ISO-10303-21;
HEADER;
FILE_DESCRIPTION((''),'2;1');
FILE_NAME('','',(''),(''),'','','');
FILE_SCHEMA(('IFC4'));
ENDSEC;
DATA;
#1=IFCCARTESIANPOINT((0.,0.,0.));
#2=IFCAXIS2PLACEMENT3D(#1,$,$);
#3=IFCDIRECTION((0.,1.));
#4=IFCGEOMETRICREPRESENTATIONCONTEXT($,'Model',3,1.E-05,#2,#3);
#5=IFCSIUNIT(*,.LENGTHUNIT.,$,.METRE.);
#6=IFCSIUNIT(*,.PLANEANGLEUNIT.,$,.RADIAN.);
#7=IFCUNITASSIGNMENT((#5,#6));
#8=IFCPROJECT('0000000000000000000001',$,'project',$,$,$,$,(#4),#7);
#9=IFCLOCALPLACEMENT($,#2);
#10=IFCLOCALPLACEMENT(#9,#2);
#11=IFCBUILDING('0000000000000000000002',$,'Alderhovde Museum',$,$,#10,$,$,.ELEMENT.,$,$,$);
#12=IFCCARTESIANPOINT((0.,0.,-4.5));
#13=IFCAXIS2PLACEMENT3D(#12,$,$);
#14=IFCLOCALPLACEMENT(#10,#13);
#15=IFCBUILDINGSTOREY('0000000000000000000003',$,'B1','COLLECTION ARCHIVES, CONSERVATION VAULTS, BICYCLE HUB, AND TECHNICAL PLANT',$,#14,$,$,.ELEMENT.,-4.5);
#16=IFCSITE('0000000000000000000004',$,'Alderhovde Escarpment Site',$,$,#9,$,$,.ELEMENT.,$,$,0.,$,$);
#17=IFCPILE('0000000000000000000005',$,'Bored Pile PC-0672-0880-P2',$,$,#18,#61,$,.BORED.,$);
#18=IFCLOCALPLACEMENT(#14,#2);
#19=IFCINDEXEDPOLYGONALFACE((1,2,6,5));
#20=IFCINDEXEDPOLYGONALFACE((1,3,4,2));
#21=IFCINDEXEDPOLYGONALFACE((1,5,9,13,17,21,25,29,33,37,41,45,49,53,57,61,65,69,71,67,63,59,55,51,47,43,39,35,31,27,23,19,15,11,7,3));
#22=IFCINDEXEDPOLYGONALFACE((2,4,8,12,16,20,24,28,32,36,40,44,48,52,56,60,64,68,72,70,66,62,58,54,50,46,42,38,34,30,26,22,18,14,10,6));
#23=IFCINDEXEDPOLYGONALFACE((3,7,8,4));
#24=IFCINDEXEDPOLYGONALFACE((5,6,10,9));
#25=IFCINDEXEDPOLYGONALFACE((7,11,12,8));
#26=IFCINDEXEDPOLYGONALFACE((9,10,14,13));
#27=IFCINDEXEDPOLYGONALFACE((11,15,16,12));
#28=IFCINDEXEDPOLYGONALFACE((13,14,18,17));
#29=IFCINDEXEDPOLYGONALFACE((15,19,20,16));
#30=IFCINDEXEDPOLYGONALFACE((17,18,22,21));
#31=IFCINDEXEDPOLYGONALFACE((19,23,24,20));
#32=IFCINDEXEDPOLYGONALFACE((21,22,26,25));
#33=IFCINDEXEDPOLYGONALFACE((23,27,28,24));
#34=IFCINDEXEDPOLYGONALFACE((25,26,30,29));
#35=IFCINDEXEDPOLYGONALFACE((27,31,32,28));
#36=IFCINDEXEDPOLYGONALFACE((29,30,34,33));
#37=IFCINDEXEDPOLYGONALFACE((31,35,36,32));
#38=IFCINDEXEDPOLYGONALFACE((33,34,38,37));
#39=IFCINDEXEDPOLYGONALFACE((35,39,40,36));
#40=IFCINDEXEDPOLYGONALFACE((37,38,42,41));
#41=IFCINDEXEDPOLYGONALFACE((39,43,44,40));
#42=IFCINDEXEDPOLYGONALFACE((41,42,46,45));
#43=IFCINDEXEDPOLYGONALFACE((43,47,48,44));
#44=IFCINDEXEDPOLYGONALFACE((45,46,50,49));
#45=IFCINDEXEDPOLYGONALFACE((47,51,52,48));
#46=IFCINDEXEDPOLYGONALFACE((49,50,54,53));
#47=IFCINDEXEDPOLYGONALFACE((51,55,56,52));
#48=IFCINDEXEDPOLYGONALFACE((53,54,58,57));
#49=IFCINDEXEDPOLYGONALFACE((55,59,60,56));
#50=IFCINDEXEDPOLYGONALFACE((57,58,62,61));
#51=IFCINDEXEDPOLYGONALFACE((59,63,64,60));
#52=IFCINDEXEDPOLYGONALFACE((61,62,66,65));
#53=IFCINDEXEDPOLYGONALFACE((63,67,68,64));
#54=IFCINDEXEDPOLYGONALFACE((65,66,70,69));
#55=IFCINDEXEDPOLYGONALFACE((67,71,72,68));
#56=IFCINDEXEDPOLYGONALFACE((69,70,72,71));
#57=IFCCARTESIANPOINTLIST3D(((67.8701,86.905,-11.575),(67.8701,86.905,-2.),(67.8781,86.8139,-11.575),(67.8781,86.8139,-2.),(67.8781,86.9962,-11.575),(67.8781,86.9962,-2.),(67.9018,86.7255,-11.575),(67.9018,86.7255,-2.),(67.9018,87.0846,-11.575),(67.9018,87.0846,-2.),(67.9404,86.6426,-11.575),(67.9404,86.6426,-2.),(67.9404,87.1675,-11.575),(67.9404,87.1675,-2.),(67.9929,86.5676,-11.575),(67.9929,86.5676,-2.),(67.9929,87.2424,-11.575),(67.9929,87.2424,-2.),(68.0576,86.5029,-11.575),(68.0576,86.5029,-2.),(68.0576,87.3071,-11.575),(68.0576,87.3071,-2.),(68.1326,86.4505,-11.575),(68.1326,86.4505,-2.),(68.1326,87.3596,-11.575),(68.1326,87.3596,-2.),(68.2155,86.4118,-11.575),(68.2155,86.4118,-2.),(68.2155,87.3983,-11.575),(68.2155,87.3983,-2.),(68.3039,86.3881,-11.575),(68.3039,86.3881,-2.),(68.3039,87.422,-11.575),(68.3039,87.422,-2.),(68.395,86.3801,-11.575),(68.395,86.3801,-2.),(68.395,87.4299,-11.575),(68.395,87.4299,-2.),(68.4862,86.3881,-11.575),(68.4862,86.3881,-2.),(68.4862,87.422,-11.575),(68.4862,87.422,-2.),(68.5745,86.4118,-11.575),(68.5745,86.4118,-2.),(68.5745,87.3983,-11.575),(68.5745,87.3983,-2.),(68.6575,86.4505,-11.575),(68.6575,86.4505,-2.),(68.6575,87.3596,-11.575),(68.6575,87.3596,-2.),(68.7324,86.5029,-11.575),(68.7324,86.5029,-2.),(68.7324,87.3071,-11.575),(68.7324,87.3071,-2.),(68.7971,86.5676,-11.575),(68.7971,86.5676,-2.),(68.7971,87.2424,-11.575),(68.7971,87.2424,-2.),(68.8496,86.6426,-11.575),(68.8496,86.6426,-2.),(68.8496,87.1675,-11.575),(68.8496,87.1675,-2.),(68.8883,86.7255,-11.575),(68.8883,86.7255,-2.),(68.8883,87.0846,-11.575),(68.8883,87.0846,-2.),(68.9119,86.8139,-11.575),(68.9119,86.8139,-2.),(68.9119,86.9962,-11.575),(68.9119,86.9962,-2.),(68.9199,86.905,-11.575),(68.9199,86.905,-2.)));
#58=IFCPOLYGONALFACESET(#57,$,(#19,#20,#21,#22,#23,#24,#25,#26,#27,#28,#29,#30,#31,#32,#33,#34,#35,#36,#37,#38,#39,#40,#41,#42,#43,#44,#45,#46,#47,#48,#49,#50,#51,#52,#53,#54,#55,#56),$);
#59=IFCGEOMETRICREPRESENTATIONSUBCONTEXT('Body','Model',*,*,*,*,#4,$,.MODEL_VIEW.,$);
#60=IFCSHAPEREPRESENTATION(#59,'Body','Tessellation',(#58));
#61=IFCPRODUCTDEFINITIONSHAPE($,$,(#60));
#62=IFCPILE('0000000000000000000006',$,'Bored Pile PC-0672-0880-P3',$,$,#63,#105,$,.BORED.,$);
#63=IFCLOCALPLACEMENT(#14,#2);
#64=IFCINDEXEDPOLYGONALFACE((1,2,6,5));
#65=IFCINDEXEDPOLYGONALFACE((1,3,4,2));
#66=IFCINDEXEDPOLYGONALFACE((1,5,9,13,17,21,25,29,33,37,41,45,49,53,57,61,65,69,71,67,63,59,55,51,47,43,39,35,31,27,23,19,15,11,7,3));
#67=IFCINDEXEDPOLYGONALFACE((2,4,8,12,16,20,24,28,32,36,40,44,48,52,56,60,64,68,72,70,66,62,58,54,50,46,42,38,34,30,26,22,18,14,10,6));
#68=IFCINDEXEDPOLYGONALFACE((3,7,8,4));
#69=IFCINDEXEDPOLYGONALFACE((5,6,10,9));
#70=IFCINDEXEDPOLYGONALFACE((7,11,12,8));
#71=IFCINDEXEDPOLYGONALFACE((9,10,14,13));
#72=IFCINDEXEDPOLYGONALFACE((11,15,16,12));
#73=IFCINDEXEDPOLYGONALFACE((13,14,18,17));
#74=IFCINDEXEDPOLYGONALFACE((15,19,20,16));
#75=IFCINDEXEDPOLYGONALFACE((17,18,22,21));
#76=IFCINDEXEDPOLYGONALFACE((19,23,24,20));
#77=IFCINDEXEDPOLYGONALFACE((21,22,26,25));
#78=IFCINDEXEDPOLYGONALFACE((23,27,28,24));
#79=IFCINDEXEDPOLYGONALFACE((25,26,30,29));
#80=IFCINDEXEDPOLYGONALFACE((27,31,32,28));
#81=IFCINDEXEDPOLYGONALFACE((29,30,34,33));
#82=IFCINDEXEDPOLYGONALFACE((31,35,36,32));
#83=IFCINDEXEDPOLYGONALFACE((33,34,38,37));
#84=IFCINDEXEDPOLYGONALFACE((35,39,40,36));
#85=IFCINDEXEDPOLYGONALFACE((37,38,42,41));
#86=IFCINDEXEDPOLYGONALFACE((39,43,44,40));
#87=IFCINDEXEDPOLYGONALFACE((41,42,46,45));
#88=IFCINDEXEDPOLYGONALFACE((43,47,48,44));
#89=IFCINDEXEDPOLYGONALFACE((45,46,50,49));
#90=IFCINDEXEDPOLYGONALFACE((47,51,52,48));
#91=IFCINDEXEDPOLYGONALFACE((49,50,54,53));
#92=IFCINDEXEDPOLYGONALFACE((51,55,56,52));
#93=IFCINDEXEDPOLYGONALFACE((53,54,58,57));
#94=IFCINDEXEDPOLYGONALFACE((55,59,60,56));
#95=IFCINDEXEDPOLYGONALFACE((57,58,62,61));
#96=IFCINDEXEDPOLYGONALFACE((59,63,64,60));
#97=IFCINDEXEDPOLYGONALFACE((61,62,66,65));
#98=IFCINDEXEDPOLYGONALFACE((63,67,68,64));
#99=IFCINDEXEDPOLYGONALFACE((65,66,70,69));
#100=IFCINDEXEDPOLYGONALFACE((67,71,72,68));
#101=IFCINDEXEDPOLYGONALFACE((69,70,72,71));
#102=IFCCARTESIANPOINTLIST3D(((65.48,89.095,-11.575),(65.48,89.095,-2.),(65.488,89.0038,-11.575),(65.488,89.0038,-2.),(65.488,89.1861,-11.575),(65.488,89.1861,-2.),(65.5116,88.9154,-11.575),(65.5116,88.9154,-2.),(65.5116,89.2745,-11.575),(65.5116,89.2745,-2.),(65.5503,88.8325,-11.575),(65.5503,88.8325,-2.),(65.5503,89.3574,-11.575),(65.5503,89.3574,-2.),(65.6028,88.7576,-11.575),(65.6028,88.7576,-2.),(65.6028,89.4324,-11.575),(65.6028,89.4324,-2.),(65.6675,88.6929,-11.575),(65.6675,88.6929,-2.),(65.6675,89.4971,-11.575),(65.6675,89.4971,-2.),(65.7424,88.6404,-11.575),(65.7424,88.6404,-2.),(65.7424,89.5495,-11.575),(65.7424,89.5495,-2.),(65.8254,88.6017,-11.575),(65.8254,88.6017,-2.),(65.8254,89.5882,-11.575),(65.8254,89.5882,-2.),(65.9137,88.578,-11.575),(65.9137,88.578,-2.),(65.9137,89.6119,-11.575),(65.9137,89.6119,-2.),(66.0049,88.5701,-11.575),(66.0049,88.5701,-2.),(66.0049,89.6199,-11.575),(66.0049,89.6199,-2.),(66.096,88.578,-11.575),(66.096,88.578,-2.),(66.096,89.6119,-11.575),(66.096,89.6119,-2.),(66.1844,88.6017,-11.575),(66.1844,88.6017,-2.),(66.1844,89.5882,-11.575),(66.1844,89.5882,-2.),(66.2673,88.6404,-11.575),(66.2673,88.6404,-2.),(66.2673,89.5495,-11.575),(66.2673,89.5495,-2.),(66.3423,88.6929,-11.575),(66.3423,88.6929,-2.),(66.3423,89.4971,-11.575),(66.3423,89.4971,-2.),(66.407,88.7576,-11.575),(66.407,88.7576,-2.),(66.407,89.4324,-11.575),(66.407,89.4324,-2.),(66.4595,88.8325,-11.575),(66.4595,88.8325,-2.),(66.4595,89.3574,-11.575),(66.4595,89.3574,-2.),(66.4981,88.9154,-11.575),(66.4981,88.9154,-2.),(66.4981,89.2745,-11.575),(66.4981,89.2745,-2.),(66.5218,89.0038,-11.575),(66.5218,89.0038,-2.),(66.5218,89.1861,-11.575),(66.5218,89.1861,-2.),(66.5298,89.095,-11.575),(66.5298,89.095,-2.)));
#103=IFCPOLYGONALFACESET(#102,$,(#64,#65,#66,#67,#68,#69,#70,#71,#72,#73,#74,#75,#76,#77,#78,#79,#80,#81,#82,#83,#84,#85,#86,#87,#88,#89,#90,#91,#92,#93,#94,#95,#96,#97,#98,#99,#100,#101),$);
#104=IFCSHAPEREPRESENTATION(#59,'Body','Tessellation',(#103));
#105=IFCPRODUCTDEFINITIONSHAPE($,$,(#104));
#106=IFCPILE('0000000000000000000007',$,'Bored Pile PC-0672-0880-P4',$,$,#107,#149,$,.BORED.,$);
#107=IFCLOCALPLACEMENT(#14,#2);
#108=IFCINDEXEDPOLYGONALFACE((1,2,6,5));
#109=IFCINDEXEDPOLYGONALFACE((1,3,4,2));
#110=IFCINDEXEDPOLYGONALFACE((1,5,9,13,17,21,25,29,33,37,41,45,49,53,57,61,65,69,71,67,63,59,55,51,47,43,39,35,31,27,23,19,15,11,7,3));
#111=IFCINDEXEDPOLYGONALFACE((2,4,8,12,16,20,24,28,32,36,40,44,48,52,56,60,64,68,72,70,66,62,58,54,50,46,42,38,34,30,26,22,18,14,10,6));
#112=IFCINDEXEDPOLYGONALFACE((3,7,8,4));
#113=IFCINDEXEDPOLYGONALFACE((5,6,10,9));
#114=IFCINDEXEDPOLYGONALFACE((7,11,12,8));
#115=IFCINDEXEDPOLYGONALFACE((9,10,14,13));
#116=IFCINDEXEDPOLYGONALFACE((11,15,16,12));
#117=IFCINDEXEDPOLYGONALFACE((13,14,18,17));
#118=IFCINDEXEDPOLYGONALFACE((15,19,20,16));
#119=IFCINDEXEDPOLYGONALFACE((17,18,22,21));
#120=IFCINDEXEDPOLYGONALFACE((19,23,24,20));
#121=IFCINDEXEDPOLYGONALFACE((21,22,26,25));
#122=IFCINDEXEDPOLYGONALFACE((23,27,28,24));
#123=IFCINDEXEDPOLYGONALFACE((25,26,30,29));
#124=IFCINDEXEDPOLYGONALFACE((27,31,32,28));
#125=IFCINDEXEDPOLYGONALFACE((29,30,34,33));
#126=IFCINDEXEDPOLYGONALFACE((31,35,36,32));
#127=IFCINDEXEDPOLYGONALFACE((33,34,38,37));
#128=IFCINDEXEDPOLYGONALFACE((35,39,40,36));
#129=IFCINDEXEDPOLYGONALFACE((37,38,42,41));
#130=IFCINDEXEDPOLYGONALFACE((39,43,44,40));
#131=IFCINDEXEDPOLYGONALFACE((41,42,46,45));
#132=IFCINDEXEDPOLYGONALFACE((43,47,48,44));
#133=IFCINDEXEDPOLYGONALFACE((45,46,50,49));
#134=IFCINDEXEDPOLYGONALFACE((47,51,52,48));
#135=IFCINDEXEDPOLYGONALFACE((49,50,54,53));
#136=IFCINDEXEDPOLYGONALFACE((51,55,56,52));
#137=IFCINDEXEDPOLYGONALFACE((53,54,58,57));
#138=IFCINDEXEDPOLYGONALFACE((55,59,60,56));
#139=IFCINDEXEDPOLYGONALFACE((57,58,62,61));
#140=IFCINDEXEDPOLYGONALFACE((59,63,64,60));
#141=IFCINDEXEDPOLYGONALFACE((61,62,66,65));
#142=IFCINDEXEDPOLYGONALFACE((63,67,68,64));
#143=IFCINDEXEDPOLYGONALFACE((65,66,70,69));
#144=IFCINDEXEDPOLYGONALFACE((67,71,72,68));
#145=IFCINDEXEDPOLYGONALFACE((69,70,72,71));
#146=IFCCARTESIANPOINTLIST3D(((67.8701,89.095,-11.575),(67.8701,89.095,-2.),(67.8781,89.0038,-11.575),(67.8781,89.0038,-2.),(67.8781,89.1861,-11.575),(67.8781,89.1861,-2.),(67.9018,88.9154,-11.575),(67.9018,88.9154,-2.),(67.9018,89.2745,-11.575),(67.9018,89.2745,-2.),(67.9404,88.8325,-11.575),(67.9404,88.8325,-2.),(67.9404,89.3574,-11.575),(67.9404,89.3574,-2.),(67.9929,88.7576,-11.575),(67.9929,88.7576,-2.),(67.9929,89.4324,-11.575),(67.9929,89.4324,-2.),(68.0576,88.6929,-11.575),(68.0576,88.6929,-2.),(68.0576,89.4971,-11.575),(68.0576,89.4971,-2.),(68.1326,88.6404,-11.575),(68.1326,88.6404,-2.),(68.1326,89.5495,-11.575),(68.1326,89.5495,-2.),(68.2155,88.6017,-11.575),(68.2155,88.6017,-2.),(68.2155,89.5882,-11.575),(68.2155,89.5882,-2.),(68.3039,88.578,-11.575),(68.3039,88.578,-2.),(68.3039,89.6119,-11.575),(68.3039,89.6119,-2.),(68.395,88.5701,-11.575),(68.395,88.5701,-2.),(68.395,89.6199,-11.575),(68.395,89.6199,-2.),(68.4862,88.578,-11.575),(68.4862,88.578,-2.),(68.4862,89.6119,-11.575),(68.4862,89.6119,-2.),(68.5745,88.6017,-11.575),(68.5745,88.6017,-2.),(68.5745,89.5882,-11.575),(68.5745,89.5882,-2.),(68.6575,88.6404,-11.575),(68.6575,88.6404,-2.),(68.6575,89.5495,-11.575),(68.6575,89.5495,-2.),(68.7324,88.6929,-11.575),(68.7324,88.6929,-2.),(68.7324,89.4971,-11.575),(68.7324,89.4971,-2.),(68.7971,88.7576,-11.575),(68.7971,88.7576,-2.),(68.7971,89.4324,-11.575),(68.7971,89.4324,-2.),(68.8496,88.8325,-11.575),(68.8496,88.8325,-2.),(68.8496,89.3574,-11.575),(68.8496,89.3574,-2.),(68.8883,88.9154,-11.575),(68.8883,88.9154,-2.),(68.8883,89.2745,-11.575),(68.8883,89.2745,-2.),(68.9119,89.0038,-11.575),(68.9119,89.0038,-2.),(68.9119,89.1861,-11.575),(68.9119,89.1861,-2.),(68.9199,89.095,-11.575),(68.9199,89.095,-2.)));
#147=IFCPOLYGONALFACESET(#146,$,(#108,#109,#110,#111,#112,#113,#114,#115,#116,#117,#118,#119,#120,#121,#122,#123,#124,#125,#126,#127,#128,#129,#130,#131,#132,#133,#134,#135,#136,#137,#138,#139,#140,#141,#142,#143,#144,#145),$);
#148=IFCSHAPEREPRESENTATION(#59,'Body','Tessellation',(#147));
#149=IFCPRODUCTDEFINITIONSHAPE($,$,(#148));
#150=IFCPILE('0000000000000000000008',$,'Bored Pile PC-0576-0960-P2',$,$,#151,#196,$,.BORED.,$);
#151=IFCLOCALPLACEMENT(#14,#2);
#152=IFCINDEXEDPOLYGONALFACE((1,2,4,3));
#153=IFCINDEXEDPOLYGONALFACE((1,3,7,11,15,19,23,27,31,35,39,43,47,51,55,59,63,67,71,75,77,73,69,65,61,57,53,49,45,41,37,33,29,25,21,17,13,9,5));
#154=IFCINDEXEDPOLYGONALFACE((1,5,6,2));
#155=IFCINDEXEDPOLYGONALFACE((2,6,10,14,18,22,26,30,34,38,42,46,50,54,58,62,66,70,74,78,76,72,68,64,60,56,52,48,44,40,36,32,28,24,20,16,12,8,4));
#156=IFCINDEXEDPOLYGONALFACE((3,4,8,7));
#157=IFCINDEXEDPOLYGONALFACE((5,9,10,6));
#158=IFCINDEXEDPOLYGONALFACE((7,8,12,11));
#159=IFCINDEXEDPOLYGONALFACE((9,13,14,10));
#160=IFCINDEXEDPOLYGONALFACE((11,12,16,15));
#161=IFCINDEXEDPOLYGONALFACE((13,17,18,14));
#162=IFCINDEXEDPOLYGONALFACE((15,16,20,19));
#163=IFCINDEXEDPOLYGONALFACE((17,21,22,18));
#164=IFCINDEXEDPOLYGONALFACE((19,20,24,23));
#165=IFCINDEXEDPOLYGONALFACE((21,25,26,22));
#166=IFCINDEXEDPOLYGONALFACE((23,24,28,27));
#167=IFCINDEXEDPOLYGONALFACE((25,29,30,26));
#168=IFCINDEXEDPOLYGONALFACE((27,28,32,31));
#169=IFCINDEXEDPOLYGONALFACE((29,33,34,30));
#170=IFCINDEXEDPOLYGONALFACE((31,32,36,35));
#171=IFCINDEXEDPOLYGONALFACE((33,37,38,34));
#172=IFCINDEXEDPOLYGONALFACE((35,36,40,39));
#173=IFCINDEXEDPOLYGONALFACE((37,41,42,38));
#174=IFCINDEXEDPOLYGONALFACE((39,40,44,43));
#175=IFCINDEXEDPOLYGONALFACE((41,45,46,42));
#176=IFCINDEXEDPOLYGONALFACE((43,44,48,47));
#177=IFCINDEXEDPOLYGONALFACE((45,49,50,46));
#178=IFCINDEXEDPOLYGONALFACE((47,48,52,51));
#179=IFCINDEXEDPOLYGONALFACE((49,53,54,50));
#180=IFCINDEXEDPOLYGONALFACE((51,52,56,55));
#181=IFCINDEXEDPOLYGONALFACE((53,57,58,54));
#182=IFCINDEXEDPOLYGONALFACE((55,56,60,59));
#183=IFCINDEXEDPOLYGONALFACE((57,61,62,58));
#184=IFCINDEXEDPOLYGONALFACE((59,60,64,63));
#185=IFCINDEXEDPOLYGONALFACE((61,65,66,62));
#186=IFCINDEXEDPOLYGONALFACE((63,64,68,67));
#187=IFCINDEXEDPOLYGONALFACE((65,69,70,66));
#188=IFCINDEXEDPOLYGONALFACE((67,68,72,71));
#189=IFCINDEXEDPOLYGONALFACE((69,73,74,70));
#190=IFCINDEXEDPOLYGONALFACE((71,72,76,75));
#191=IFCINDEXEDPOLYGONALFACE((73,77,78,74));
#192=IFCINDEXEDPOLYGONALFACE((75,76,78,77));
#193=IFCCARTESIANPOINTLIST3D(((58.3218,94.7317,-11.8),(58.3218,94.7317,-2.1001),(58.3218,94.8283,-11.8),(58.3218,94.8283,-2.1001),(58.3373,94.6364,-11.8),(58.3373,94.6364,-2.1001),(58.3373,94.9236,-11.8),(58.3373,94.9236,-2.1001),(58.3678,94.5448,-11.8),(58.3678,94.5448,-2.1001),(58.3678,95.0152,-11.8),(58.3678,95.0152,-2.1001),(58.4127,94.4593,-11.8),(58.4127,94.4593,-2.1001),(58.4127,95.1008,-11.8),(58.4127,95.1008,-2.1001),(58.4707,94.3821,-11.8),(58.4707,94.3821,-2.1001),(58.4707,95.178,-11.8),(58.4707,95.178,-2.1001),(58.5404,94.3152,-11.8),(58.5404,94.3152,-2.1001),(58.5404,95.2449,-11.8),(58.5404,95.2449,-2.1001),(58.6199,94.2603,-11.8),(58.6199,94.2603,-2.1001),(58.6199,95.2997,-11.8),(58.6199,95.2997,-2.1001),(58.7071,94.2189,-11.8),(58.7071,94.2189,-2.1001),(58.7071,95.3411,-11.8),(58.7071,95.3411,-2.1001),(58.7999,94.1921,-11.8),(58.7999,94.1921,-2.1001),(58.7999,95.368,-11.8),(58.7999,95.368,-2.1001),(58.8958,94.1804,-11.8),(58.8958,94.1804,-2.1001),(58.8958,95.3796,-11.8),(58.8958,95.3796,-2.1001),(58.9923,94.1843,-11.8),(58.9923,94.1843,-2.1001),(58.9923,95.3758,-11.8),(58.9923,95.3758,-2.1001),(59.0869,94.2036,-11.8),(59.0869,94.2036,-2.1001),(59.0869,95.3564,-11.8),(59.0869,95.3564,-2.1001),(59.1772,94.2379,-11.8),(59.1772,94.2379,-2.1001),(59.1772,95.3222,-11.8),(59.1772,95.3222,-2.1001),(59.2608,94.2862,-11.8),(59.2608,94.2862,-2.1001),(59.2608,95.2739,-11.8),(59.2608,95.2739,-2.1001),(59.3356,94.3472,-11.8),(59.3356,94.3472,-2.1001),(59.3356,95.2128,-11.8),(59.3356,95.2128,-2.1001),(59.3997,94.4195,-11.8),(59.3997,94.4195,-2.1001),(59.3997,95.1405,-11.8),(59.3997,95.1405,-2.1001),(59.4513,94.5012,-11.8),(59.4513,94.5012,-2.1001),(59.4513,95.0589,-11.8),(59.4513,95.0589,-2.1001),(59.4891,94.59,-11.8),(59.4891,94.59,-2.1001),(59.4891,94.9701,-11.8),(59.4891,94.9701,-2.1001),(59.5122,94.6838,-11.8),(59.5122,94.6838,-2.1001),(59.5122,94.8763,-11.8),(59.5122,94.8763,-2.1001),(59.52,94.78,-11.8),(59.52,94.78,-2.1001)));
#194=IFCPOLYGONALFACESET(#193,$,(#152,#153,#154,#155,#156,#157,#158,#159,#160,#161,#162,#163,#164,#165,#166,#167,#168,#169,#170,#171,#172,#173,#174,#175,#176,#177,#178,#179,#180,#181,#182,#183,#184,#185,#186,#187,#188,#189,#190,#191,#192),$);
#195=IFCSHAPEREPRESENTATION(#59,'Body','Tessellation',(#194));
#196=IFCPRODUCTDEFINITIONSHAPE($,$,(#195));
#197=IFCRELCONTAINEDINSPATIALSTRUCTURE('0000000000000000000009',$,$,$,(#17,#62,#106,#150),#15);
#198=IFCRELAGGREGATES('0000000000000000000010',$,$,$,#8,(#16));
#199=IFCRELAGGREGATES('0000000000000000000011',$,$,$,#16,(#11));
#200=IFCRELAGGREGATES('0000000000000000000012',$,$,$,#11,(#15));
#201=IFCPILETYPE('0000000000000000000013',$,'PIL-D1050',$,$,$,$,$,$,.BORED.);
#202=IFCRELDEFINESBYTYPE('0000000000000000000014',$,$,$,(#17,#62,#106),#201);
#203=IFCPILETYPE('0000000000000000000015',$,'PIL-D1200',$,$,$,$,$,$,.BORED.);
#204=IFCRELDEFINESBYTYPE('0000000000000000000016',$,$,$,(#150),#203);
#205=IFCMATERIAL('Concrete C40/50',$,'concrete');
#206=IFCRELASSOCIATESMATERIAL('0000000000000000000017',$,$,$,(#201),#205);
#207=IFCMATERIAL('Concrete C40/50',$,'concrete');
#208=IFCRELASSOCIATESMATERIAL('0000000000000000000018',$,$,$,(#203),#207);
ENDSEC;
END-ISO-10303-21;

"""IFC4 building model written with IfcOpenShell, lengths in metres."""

from ifc_helpers import new_model, si_unit, direction, frame, origin, origin_2d, place, context, subcontext, project, spatial, circle, extrude, material, material_profile, profile_set, type_object, element, save


model = new_model("IFC4")

# Units and contexts
model_context = context("Model", 3, precision=1e-05, world=origin(), true_north=direction((0.0, 1.0)))
body_context = subcontext(model_context, "Body", "Model", "MODEL_VIEW")
ifc_project = project(units=[si_unit("LENGTHUNIT", "METRE"), si_unit("PLANEANGLEUNIT", "RADIAN")], contexts=[model_context])

# Site, building, storey
site_placement = place(None, origin())
site = spatial("IfcSite", under=ifc_project, at=site_placement, Name="Alderhovde Escarpment Site", CompositionType="ELEMENT", RefElevation=0.0)
building_placement = place(site_placement, origin())
building = spatial("IfcBuilding", under=site, at=building_placement, Name="Alderhovde Museum", CompositionType="ELEMENT")
storey_placement = place(building_placement, frame((0.0, 0.0, -4.5)))
storey = spatial("IfcBuildingStorey", under=building, at=storey_placement, Name="B1", Description="COLLECTION ARCHIVES, CONSERVATION VAULTS, BICYCLE HUB, AND TECHNICAL PLANT", CompositionType="ELEMENT", Elevation=-4.5)

# Piles
ifc_material_1 = material(Name="Concrete C40/50", Category="concrete")
ifc_material_profile_1 = material_profile(ifc_material_1, circle(Radius=0.5249, at=origin_2d()), Name="PILE-D1050")
ifc_profile_set_1 = profile_set([ifc_material_profile_1], Name="Concrete C40/50")
pile_type_1 = type_object("IfcPileType", Name="PIL-D1050", PredefinedType="BORED", material=ifc_profile_set_1)
for number, where, z_axis, x_axis, name in (
    (1, (68.395, 86.905, -2.0), (0.0, 0.0, -1.0), (1.0, 0.0, 0.0), "Bored Pile PC-0672-0880-P2"),
    (2, (66.0049, 89.095, -2.0), (0.0, 0.0, -1.0), (1.0, 0.0, 0.0), "Bored Pile PC-0672-0880-P3"),
    (3, (68.395, 89.095, -2.0), (0.0, 0.0, -1.0), (1.0, 0.0, 0.0), "Bored Pile PC-0672-0880-P4"),
):
    element("IfcPile", number, at=place(storey_placement, frame(where, z_axis=z_axis, x_axis=x_axis)), inside=storey, type_object=pile_type_1, Name=name, PredefinedType="BORED", context=body_context, shape_type="SweptSolid", body=[
        extrude(circle(Radius=0.5249, at=origin_2d()), origin(), (0.0, 0.0, 1.0), 9.575),
    ])
ifc_material_2 = material(Name="Concrete C40/50", Category="concrete")
ifc_material_profile_2 = material_profile(ifc_material_2, circle(Radius=0.6001, at=origin_2d()), Name="PILE-D1200")
ifc_profile_set_2 = profile_set([ifc_material_profile_2], Name="Concrete C40/50")
pile_type_2 = type_object("IfcPileType", Name="PIL-D1200", PredefinedType="BORED", material=ifc_profile_set_2)
for number, where, z_axis, x_axis, name in (
    (4, (58.9199, 94.78, -2.1001), (0.0, 0.0, -1.0), (1.0, 0.0, 0.0), "Bored Pile PC-0576-0960-P2"),
):
    element("IfcPile", number, at=place(storey_placement, frame(where, z_axis=z_axis, x_axis=x_axis)), inside=storey, type_object=pile_type_2, Name=name, PredefinedType="BORED", context=body_context, shape_type="SweptSolid", body=[
        extrude(circle(Radius=0.6001, at=origin_2d()), origin(), (0.0, 0.0, 1.0), 9.7),
    ])

save(model, "model.ifc")
